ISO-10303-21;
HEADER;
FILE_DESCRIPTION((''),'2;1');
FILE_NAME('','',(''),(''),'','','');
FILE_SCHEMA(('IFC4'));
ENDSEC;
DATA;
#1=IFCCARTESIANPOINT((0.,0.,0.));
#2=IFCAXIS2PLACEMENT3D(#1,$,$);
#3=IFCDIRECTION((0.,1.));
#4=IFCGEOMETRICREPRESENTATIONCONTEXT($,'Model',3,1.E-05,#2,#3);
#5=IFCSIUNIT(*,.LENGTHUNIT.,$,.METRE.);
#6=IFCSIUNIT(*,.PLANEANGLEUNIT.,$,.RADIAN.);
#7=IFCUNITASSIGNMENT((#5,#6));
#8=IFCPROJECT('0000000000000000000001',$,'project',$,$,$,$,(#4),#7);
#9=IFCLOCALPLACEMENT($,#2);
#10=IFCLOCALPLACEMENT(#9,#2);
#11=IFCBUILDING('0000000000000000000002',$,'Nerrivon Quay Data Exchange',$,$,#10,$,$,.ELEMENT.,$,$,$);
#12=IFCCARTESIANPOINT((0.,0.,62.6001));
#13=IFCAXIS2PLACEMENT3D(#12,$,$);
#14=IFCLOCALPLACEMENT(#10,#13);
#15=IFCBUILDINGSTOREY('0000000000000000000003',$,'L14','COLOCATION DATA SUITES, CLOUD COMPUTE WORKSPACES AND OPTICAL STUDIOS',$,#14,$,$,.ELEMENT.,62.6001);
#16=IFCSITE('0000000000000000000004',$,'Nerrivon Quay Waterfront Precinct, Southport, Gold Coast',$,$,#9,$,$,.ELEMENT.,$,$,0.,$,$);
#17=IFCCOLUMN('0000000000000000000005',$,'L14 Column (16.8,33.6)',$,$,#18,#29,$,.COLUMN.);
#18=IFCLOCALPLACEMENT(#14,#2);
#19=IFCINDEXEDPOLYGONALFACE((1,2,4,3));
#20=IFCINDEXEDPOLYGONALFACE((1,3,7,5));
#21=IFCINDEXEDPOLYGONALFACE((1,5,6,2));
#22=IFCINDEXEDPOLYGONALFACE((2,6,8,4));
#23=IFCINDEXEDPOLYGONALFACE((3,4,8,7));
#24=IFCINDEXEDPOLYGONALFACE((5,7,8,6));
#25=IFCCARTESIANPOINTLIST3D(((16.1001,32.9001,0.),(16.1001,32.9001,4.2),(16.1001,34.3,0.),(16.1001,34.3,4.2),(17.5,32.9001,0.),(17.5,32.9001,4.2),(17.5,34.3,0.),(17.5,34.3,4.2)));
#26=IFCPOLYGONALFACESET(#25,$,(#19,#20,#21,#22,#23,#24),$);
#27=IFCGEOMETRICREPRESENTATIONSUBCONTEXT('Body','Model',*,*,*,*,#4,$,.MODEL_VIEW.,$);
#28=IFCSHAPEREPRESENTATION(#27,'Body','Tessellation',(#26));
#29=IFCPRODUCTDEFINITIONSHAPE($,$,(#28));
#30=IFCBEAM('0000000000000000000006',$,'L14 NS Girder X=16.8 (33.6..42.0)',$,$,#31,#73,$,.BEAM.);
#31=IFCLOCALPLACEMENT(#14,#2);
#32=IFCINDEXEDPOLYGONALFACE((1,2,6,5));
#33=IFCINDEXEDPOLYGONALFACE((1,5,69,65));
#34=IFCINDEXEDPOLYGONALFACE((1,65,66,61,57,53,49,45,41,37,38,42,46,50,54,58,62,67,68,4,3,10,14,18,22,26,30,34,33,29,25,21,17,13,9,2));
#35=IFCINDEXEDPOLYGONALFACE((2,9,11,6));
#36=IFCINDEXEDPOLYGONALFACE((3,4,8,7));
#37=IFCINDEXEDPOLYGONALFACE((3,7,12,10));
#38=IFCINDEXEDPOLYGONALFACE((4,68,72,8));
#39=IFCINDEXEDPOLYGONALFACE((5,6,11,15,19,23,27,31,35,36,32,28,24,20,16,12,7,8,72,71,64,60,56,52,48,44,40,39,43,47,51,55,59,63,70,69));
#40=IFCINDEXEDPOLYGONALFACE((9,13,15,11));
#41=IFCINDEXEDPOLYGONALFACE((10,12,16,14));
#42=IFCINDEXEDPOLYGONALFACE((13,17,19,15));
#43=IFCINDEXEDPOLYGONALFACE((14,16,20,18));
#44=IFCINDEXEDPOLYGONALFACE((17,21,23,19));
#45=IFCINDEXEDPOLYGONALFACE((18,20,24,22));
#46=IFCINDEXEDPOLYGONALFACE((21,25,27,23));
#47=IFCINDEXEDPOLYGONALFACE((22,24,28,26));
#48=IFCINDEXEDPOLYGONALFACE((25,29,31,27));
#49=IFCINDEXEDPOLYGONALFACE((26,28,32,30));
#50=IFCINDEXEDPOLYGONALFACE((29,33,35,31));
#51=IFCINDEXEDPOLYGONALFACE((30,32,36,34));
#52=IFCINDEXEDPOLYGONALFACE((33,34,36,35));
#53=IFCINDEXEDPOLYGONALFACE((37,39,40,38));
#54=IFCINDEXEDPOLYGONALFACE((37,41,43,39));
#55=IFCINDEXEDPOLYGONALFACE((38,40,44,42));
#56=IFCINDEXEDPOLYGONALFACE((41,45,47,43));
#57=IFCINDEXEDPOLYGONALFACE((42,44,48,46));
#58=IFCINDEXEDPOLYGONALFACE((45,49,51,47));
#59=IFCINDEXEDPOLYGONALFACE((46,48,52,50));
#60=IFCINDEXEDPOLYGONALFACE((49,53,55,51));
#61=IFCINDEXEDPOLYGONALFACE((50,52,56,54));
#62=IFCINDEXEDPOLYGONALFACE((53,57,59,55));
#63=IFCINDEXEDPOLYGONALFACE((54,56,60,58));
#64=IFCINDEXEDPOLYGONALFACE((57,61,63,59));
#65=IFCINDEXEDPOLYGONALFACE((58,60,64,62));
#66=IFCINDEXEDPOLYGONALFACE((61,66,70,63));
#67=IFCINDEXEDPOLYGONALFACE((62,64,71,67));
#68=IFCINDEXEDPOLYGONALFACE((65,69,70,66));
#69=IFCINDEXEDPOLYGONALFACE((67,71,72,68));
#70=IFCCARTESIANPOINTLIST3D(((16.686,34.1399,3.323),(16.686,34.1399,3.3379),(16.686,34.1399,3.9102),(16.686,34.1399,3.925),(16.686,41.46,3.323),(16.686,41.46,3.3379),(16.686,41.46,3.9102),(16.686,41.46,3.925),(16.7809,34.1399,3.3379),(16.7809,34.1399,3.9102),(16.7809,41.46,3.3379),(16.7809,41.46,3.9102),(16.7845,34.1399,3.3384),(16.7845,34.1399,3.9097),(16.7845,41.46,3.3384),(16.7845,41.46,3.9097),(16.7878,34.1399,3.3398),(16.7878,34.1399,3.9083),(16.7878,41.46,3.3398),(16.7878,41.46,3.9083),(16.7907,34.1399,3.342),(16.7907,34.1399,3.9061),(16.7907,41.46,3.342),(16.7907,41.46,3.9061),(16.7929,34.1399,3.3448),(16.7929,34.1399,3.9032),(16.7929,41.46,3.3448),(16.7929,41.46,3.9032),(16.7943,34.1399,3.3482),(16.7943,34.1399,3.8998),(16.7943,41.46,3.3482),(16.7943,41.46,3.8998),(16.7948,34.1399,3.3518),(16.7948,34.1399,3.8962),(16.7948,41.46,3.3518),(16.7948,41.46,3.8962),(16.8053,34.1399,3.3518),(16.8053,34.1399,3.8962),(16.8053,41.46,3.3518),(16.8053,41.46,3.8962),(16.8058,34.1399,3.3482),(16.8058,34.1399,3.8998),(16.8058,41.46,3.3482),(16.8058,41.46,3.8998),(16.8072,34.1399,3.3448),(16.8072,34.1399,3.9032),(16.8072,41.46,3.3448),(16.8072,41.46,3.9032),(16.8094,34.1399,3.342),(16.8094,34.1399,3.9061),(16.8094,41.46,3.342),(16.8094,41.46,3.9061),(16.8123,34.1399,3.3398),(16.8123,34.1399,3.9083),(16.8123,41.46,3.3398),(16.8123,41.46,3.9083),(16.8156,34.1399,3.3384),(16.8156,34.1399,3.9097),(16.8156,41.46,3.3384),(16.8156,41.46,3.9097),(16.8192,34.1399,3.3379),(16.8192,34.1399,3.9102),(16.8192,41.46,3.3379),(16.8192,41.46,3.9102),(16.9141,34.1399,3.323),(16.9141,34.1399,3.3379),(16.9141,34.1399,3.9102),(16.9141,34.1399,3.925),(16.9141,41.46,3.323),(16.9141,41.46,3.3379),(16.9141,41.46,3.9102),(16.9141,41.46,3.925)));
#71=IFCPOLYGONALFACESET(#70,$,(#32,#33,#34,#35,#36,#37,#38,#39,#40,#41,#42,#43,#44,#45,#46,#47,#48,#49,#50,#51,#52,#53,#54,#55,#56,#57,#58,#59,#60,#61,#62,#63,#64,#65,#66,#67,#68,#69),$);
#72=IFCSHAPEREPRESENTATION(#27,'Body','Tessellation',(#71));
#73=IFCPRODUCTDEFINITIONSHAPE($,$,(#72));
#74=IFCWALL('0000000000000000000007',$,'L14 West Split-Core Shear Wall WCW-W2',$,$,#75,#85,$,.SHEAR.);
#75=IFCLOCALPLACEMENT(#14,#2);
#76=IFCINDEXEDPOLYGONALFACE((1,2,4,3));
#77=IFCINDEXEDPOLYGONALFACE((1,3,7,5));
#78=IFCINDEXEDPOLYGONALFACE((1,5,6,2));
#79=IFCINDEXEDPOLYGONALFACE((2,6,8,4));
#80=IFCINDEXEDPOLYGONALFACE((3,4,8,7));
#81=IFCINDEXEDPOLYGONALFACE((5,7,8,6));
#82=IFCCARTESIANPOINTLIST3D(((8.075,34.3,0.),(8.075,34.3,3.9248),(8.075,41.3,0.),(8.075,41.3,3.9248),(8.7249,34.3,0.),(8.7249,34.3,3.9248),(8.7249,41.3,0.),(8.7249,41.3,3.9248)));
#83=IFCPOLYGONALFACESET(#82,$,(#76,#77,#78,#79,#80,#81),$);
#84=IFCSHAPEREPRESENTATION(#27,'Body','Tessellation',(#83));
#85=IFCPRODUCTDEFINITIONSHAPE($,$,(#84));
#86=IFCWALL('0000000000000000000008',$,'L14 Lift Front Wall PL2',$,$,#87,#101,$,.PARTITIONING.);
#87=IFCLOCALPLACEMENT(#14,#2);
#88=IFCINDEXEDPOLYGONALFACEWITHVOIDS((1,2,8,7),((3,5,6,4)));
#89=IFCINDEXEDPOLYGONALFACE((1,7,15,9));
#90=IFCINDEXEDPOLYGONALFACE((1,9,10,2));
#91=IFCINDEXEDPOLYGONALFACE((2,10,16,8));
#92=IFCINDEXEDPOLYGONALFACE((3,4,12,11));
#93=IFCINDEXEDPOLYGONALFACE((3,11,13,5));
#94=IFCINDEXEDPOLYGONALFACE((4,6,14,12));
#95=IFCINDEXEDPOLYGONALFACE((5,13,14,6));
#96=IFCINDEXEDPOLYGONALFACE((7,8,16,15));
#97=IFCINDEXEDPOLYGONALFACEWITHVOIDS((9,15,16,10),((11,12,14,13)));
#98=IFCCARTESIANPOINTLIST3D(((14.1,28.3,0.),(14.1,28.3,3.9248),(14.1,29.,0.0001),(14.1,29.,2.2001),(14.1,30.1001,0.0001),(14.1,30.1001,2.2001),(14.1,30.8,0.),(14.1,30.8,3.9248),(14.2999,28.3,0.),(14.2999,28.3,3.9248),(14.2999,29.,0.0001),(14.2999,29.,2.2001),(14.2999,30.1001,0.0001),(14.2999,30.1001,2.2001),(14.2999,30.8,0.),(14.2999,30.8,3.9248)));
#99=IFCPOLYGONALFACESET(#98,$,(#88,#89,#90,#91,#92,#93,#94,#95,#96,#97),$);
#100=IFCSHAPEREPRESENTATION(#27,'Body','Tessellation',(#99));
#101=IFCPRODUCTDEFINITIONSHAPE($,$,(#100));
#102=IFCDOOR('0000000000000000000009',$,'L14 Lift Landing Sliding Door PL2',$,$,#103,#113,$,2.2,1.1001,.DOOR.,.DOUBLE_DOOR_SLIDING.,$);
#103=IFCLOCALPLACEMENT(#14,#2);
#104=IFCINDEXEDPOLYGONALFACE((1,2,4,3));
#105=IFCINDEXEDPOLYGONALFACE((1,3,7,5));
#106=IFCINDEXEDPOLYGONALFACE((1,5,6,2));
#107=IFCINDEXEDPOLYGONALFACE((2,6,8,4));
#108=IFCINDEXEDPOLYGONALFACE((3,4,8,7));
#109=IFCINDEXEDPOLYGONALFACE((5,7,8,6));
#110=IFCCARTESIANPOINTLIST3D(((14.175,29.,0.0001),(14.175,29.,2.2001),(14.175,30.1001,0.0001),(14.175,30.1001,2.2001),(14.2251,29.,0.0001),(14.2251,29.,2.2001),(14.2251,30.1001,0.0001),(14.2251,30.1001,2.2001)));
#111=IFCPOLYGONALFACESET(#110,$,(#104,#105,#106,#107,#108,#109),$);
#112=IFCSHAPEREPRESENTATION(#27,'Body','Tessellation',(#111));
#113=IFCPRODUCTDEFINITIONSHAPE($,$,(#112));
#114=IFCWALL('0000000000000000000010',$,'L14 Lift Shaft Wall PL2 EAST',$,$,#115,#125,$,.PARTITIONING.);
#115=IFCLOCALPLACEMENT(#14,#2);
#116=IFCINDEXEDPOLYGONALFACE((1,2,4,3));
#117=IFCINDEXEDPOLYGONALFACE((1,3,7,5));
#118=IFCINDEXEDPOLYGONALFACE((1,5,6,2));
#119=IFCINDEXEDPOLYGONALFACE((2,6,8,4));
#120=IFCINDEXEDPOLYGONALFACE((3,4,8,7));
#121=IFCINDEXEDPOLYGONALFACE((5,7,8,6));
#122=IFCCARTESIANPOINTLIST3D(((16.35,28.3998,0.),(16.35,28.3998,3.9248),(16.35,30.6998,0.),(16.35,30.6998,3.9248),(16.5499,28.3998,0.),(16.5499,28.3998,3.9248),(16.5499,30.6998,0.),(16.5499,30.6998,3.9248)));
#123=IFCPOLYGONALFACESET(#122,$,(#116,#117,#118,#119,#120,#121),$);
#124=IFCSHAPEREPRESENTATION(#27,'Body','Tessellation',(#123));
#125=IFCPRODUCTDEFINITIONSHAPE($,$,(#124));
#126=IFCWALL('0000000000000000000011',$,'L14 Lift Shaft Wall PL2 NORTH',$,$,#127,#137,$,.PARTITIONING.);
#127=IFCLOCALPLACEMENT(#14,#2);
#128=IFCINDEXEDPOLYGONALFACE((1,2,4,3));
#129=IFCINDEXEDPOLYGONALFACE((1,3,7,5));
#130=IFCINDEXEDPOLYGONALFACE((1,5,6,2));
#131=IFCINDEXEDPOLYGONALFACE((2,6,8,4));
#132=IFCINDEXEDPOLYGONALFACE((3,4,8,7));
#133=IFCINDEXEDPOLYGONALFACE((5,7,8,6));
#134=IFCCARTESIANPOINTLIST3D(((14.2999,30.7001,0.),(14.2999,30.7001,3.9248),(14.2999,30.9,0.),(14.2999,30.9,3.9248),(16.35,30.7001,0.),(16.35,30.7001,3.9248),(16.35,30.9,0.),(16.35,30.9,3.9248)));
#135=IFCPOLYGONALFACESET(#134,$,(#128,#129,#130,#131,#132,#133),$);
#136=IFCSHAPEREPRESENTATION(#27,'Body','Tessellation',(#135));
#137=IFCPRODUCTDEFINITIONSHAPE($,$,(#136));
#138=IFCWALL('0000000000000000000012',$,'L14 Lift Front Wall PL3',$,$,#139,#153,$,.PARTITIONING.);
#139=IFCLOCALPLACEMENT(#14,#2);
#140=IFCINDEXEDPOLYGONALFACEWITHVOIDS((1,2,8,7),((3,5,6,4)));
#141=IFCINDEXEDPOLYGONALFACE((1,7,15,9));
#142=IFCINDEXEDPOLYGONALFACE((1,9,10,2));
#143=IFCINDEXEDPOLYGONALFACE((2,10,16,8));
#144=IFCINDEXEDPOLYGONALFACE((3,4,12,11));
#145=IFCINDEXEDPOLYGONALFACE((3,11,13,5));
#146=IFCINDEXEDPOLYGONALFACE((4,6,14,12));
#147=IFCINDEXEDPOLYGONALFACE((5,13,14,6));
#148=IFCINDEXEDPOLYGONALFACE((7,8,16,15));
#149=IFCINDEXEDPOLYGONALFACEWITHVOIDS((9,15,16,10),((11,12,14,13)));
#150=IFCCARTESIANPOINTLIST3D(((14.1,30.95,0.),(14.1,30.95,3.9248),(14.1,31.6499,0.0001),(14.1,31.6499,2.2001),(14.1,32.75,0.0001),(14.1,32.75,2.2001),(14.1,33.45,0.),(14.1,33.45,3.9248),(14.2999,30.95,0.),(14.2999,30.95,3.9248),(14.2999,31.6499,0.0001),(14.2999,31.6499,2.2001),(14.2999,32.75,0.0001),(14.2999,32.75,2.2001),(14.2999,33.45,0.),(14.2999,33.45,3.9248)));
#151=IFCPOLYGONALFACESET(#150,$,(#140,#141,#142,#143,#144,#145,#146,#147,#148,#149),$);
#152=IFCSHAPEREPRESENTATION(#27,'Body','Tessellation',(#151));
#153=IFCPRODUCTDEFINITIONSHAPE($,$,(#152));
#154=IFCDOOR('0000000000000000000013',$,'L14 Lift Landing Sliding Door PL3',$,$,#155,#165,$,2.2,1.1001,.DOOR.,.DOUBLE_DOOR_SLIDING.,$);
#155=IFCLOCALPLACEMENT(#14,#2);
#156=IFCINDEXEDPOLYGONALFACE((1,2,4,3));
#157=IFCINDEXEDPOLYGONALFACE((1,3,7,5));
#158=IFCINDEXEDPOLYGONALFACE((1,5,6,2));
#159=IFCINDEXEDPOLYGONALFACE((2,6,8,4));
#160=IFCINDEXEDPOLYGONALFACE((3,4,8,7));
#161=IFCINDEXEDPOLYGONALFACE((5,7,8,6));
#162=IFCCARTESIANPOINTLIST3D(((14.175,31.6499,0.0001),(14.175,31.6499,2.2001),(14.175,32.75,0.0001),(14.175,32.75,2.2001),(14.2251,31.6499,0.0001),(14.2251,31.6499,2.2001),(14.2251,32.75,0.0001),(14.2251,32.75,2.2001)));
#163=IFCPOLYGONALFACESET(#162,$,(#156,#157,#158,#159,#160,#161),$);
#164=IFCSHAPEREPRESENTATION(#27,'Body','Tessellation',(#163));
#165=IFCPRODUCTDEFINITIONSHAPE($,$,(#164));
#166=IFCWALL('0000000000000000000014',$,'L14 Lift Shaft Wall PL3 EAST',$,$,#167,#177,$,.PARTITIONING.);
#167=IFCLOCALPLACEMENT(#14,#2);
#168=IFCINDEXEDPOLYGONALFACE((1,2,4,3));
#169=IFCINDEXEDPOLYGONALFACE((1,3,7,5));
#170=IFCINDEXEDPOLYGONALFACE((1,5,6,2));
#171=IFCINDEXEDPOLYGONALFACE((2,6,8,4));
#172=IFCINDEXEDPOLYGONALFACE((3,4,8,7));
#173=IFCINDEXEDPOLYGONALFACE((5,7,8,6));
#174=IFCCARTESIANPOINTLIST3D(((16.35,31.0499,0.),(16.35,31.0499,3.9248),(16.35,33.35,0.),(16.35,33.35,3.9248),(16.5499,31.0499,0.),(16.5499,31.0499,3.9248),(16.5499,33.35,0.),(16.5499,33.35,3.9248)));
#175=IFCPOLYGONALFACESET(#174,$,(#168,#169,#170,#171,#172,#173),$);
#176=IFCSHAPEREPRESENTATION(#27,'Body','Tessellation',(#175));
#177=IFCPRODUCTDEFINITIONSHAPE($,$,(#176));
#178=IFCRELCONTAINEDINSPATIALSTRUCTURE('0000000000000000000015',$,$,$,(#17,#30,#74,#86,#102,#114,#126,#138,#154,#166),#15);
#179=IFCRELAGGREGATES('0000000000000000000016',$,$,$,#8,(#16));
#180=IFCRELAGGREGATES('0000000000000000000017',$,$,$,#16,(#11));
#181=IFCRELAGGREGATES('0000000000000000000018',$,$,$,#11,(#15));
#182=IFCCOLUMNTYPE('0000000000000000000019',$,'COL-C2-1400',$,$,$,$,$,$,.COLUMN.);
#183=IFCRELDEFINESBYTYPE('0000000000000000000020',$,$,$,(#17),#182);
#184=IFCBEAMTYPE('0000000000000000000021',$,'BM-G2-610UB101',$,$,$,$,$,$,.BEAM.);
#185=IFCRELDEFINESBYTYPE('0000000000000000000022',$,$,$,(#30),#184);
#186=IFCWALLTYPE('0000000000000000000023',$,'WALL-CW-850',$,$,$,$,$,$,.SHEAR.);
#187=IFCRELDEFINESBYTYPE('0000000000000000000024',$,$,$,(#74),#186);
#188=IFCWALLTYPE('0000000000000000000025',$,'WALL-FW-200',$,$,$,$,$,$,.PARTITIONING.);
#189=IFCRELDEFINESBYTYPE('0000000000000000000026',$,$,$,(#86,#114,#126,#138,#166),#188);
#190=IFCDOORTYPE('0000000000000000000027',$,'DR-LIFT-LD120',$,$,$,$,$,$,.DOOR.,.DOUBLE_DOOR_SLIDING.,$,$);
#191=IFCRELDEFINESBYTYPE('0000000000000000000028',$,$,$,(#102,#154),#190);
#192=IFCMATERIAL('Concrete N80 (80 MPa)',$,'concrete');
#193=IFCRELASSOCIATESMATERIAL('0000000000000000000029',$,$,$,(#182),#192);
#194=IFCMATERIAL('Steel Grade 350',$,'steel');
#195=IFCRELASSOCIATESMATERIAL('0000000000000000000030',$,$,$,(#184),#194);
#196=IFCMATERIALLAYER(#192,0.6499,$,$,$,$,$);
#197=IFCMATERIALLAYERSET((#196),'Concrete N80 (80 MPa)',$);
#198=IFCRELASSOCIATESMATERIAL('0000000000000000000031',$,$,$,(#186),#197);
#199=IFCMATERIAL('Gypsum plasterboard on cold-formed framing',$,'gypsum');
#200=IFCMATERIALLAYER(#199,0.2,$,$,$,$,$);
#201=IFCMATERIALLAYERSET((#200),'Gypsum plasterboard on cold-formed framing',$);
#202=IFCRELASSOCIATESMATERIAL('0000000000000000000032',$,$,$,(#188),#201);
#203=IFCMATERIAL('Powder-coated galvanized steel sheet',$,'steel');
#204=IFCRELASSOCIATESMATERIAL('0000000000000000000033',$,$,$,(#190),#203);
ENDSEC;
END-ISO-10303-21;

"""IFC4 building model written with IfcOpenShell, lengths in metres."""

from ifc_helpers import new_model, si_unit, direction, frame, frame_2d, origin, origin_2d, place, context, subcontext, project, spatial, rectangle, i_section, extrude, material, layer, layer_set, material_profile, profile_set, type_object, element, fill, save


model = new_model("IFC4")

# Units and contexts
model_context = context("Model", 3, precision=1e-05, world=origin(), true_north=direction((0.0, 1.0)))
body_context = subcontext(model_context, "Body", "Model", "MODEL_VIEW")
ifc_project = project(units=[si_unit("LENGTHUNIT", "METRE"), si_unit("PLANEANGLEUNIT", "RADIAN")], contexts=[model_context])

# Site, building, storey
site_placement = place(None, origin())
site = spatial("IfcSite", under=ifc_project, at=site_placement, Name="Nerrivon Quay Waterfront Precinct, Southport, Gold Coast", CompositionType="ELEMENT", RefElevation=0.0)
building_placement = place(site_placement, origin())
building = spatial("IfcBuilding", under=site, at=building_placement, Name="Nerrivon Quay Data Exchange", CompositionType="ELEMENT")
storey_placement = place(building_placement, frame((0.0, 0.0, 62.6001)))
storey = spatial("IfcBuildingStorey", under=building, at=storey_placement, Name="L14", Description="COLOCATION DATA SUITES, CLOUD COMPUTE WORKSPACES AND OPTICAL STUDIOS", CompositionType="ELEMENT", Elevation=62.6001)

# Column
ifc_material_1 = material(Name="Concrete N80 (80 MPa)", Category="concrete")
ifc_material_profile_1 = material_profile(ifc_material_1, rectangle(XDim=1.3999, YDim=1.3999, at=origin_2d()), Name="RC-COL-1400x1400")
ifc_profile_set_1 = profile_set([ifc_material_profile_1], Name="Concrete N80 (80 MPa)")
column_type = type_object("IfcColumnType", Name="COL-C2-1400", PredefinedType="COLUMN", material=ifc_profile_set_1)
column_placement = place(storey_placement, frame((16.8, 33.6001, 0.0), z_axis=(0.0, 0.0, 1.0), x_axis=(1.0, 0.0, 0.0)))
element("IfcColumn", 1, at=column_placement, inside=storey, type_object=column_type, Name="L14 Column (16.8,33.6)", PredefinedType="COLUMN", context=body_context, shape_type="SweptSolid", body=[
    extrude(rectangle(XDim=1.3999, YDim=1.3999, at=origin_2d()), origin(), (0.0, 0.0, 1.0), 4.2),
])

# Beam
ifc_material_2 = material(Name="Steel Grade 350", Category="steel")
ifc_material_profile_2 = material_profile(ifc_material_2, i_section(OverallWidth=0.228, OverallDepth=0.6021, WebThickness=0.0105, FlangeThickness=0.0149, FilletRadius=0.0139, at=origin_2d()), Name="610UB101")
ifc_profile_set_2 = profile_set([ifc_material_profile_2], Name="Steel Grade 350")
beam_type = type_object("IfcBeamType", Name="BM-G2-610UB101", PredefinedType="BEAM", material=ifc_profile_set_2)
beam_placement = place(storey_placement, frame((16.8, 34.1399, 3.624), z_axis=(0.0, 1.0, 0.0), x_axis=(-1.0, 0.0, 0.0)))
element("IfcBeam", 2, at=beam_placement, inside=storey, type_object=beam_type, Name="L14 NS Girder X=16.8 (33.6..42.0)", PredefinedType="BEAM", context=body_context, shape_type="SweptSolid", body=[
    extrude(i_section(OverallWidth=0.228, OverallDepth=0.6021, WebThickness=0.0105, FlangeThickness=0.0149, FilletRadius=0.0139, at=origin_2d()), origin(), (0.0, 0.0, 1.0), 7.3201),
])

# Wall
ifc_layer_1 = layer(ifc_material_1, 0.6499)
ifc_layer_set_1 = layer_set([ifc_layer_1], Name="Concrete N80 (80 MPa)")
wall_type_1 = type_object("IfcWallType", Name="WALL-CW-850", PredefinedType="SHEAR", material=ifc_layer_set_1)
wall_1_placement = place(storey_placement, frame((8.3999, 34.3, 0.0), z_axis=(0.0, 0.0, 1.0), x_axis=(0.0, 1.0, 0.0)))
element("IfcWall", 3, at=wall_1_placement, inside=storey, type_object=wall_type_1, Name="L14 West Split-Core Shear Wall WCW-W2", PredefinedType="SHEAR", context=body_context, shape_type="SweptSolid", body=[
    extrude(rectangle(XDim=7.0, YDim=0.6499, at=frame_2d((3.5, 0.0))), origin(), (0.0, 0.0, 1.0), 3.9248),
])

# Wall, opening, door
ifc_material_3 = material(Name="Gypsum plasterboard on cold-formed framing", Category="gypsum")
ifc_layer_2 = layer(ifc_material_3, 0.2)
ifc_layer_set_2 = layer_set([ifc_layer_2], Name="Gypsum plasterboard on cold-formed framing")
wall_type_2 = type_object("IfcWallType", Name="WALL-FW-200", PredefinedType="PARTITIONING", material=ifc_layer_set_2)
wall_2_placement = place(storey_placement, frame((14.2, 28.3, 0.0), z_axis=(0.0, 0.0, 1.0), x_axis=(0.0, 1.0, 0.0)))
wall_2 = element("IfcWall", 4, at=wall_2_placement, inside=storey, type_object=wall_type_2, Name="L14 Lift Front Wall PL2", PredefinedType="PARTITIONING", context=body_context, shape_type="SweptSolid", body=[
    extrude(rectangle(XDim=2.5, YDim=0.2, at=frame_2d((1.25, 0.0))), origin(), (0.0, 0.0, 1.0), 3.9248),
])
opening_1_placement = place(wall_2_placement, frame((0.7, 0.0, 0.0)))
opening_1 = element("IfcOpeningElement", 5, at=opening_1_placement, cuts=wall_2, PredefinedType="OPENING", context=body_context, shape_type="SweptSolid", body=[
    extrude(rectangle(XDim=1.1001, YDim=2.2, at=frame_2d((0.55, 1.1001))), frame((0.0, 0.1099, 0.0), z_axis=(0.0, -1.0, 0.0), x_axis=(1.0, 0.0, 0.0)), (0.0, 0.0, 1.0), 0.22),
])
ifc_material_4 = material(Name="Powder-coated galvanized steel sheet", Category="steel")
door_type_1 = type_object("IfcDoorType", Name="DR-LIFT-LD120", OperationType="DOUBLE_DOOR_SLIDING", PredefinedType="DOOR", material=ifc_material_4)
door_1_placement = place(opening_1_placement, origin())
door_1 = element("IfcDoor", 6, at=door_1_placement, inside=storey, type_object=door_type_1, Name="L14 Lift Landing Sliding Door PL2", OperationType="DOUBLE_DOOR_SLIDING", OverallHeight=2.2, OverallWidth=1.1001, PredefinedType="DOOR", context=body_context, shape_type="SweptSolid", body=[
    extrude(rectangle(XDim=1.1001, YDim=2.2, at=frame_2d((0.55, 1.1001))), frame((0.0, 0.0249, 0.0), z_axis=(0.0, -1.0, 0.0), x_axis=(1.0, 0.0, 0.0)), (0.0, 0.0, 1.0), 0.05),
])
fill(opening_1, door_1)

# Walls
wall_3_placement = place(storey_placement, frame((16.45, 28.3999, 0.0), z_axis=(0.0, 0.0, 1.0), x_axis=(0.0, 1.0, 0.0)))
element("IfcWall", 7, at=wall_3_placement, inside=storey, type_object=wall_type_2, Name="L14 Lift Shaft Wall PL2 EAST", PredefinedType="PARTITIONING", context=body_context, shape_type="SweptSolid", body=[
    extrude(rectangle(XDim=2.3, YDim=0.2, at=frame_2d((1.1499, 0.0))), origin(), (0.0, 0.0, 1.0), 3.9248),
])
wall_4_placement = place(storey_placement, frame((14.3, 30.8, 0.0), z_axis=(0.0, 0.0, 1.0), x_axis=(1.0, 0.0, 0.0)))
element("IfcWall", 8, at=wall_4_placement, inside=storey, type_object=wall_type_2, Name="L14 Lift Shaft Wall PL2 NORTH", PredefinedType="PARTITIONING", context=body_context, shape_type="SweptSolid", body=[
    extrude(rectangle(XDim=2.05, YDim=0.2, at=frame_2d((1.0249, 0.0))), origin(), (0.0, 0.0, 1.0), 3.9248),
])

# Wall, opening, door
wall_5_placement = place(storey_placement, frame((14.2, 30.95, 0.0), z_axis=(0.0, 0.0, 1.0), x_axis=(0.0, 1.0, 0.0)))
wall_5 = element("IfcWall", 9, at=wall_5_placement, inside=storey, type_object=wall_type_2, Name="L14 Lift Front Wall PL3", PredefinedType="PARTITIONING", context=body_context, shape_type="SweptSolid", body=[
    extrude(rectangle(XDim=2.5, YDim=0.2, at=frame_2d((1.25, 0.0))), origin(), (0.0, 0.0, 1.0), 3.9248),
])
opening_2_placement = place(wall_5_placement, frame((0.7, 0.0, 0.0)))
opening_2 = element("IfcOpeningElement", 10, at=opening_2_placement, cuts=wall_5, PredefinedType="OPENING", context=body_context, shape_type="SweptSolid", body=[
    extrude(rectangle(XDim=1.1001, YDim=2.2, at=frame_2d((0.55, 1.1001))), frame((0.0, 0.1099, 0.0), z_axis=(0.0, -1.0, 0.0), x_axis=(1.0, 0.0, 0.0)), (0.0, 0.0, 1.0), 0.22),
])
door_2_placement = place(opening_2_placement, origin())
door_2 = element("IfcDoor", 11, at=door_2_placement, inside=storey, type_object=door_type_1, Name="L14 Lift Landing Sliding Door PL3", OperationType="DOUBLE_DOOR_SLIDING", OverallHeight=2.2, OverallWidth=1.1001, PredefinedType="DOOR", context=body_context, shape_type="SweptSolid", body=[
    extrude(rectangle(XDim=1.1001, YDim=2.2, at=frame_2d((0.55, 1.1001))), frame((0.0, 0.0249, 0.0), z_axis=(0.0, -1.0, 0.0), x_axis=(1.0, 0.0, 0.0)), (0.0, 0.0, 1.0), 0.05),
])
fill(opening_2, door_2)

# Wall
wall_6_placement = place(storey_placement, frame((16.45, 31.05, 0.0), z_axis=(0.0, 0.0, 1.0), x_axis=(0.0, 1.0, 0.0)))
element("IfcWall", 12, at=wall_6_placement, inside=storey, type_object=wall_type_2, Name="L14 Lift Shaft Wall PL3 EAST", PredefinedType="PARTITIONING", context=body_context, shape_type="SweptSolid", body=[
    extrude(rectangle(XDim=2.3, YDim=0.2, at=frame_2d((1.1499, 0.0))), origin(), (0.0, 0.0, 1.0), 3.9248),
])

save(model, "model.ifc")
